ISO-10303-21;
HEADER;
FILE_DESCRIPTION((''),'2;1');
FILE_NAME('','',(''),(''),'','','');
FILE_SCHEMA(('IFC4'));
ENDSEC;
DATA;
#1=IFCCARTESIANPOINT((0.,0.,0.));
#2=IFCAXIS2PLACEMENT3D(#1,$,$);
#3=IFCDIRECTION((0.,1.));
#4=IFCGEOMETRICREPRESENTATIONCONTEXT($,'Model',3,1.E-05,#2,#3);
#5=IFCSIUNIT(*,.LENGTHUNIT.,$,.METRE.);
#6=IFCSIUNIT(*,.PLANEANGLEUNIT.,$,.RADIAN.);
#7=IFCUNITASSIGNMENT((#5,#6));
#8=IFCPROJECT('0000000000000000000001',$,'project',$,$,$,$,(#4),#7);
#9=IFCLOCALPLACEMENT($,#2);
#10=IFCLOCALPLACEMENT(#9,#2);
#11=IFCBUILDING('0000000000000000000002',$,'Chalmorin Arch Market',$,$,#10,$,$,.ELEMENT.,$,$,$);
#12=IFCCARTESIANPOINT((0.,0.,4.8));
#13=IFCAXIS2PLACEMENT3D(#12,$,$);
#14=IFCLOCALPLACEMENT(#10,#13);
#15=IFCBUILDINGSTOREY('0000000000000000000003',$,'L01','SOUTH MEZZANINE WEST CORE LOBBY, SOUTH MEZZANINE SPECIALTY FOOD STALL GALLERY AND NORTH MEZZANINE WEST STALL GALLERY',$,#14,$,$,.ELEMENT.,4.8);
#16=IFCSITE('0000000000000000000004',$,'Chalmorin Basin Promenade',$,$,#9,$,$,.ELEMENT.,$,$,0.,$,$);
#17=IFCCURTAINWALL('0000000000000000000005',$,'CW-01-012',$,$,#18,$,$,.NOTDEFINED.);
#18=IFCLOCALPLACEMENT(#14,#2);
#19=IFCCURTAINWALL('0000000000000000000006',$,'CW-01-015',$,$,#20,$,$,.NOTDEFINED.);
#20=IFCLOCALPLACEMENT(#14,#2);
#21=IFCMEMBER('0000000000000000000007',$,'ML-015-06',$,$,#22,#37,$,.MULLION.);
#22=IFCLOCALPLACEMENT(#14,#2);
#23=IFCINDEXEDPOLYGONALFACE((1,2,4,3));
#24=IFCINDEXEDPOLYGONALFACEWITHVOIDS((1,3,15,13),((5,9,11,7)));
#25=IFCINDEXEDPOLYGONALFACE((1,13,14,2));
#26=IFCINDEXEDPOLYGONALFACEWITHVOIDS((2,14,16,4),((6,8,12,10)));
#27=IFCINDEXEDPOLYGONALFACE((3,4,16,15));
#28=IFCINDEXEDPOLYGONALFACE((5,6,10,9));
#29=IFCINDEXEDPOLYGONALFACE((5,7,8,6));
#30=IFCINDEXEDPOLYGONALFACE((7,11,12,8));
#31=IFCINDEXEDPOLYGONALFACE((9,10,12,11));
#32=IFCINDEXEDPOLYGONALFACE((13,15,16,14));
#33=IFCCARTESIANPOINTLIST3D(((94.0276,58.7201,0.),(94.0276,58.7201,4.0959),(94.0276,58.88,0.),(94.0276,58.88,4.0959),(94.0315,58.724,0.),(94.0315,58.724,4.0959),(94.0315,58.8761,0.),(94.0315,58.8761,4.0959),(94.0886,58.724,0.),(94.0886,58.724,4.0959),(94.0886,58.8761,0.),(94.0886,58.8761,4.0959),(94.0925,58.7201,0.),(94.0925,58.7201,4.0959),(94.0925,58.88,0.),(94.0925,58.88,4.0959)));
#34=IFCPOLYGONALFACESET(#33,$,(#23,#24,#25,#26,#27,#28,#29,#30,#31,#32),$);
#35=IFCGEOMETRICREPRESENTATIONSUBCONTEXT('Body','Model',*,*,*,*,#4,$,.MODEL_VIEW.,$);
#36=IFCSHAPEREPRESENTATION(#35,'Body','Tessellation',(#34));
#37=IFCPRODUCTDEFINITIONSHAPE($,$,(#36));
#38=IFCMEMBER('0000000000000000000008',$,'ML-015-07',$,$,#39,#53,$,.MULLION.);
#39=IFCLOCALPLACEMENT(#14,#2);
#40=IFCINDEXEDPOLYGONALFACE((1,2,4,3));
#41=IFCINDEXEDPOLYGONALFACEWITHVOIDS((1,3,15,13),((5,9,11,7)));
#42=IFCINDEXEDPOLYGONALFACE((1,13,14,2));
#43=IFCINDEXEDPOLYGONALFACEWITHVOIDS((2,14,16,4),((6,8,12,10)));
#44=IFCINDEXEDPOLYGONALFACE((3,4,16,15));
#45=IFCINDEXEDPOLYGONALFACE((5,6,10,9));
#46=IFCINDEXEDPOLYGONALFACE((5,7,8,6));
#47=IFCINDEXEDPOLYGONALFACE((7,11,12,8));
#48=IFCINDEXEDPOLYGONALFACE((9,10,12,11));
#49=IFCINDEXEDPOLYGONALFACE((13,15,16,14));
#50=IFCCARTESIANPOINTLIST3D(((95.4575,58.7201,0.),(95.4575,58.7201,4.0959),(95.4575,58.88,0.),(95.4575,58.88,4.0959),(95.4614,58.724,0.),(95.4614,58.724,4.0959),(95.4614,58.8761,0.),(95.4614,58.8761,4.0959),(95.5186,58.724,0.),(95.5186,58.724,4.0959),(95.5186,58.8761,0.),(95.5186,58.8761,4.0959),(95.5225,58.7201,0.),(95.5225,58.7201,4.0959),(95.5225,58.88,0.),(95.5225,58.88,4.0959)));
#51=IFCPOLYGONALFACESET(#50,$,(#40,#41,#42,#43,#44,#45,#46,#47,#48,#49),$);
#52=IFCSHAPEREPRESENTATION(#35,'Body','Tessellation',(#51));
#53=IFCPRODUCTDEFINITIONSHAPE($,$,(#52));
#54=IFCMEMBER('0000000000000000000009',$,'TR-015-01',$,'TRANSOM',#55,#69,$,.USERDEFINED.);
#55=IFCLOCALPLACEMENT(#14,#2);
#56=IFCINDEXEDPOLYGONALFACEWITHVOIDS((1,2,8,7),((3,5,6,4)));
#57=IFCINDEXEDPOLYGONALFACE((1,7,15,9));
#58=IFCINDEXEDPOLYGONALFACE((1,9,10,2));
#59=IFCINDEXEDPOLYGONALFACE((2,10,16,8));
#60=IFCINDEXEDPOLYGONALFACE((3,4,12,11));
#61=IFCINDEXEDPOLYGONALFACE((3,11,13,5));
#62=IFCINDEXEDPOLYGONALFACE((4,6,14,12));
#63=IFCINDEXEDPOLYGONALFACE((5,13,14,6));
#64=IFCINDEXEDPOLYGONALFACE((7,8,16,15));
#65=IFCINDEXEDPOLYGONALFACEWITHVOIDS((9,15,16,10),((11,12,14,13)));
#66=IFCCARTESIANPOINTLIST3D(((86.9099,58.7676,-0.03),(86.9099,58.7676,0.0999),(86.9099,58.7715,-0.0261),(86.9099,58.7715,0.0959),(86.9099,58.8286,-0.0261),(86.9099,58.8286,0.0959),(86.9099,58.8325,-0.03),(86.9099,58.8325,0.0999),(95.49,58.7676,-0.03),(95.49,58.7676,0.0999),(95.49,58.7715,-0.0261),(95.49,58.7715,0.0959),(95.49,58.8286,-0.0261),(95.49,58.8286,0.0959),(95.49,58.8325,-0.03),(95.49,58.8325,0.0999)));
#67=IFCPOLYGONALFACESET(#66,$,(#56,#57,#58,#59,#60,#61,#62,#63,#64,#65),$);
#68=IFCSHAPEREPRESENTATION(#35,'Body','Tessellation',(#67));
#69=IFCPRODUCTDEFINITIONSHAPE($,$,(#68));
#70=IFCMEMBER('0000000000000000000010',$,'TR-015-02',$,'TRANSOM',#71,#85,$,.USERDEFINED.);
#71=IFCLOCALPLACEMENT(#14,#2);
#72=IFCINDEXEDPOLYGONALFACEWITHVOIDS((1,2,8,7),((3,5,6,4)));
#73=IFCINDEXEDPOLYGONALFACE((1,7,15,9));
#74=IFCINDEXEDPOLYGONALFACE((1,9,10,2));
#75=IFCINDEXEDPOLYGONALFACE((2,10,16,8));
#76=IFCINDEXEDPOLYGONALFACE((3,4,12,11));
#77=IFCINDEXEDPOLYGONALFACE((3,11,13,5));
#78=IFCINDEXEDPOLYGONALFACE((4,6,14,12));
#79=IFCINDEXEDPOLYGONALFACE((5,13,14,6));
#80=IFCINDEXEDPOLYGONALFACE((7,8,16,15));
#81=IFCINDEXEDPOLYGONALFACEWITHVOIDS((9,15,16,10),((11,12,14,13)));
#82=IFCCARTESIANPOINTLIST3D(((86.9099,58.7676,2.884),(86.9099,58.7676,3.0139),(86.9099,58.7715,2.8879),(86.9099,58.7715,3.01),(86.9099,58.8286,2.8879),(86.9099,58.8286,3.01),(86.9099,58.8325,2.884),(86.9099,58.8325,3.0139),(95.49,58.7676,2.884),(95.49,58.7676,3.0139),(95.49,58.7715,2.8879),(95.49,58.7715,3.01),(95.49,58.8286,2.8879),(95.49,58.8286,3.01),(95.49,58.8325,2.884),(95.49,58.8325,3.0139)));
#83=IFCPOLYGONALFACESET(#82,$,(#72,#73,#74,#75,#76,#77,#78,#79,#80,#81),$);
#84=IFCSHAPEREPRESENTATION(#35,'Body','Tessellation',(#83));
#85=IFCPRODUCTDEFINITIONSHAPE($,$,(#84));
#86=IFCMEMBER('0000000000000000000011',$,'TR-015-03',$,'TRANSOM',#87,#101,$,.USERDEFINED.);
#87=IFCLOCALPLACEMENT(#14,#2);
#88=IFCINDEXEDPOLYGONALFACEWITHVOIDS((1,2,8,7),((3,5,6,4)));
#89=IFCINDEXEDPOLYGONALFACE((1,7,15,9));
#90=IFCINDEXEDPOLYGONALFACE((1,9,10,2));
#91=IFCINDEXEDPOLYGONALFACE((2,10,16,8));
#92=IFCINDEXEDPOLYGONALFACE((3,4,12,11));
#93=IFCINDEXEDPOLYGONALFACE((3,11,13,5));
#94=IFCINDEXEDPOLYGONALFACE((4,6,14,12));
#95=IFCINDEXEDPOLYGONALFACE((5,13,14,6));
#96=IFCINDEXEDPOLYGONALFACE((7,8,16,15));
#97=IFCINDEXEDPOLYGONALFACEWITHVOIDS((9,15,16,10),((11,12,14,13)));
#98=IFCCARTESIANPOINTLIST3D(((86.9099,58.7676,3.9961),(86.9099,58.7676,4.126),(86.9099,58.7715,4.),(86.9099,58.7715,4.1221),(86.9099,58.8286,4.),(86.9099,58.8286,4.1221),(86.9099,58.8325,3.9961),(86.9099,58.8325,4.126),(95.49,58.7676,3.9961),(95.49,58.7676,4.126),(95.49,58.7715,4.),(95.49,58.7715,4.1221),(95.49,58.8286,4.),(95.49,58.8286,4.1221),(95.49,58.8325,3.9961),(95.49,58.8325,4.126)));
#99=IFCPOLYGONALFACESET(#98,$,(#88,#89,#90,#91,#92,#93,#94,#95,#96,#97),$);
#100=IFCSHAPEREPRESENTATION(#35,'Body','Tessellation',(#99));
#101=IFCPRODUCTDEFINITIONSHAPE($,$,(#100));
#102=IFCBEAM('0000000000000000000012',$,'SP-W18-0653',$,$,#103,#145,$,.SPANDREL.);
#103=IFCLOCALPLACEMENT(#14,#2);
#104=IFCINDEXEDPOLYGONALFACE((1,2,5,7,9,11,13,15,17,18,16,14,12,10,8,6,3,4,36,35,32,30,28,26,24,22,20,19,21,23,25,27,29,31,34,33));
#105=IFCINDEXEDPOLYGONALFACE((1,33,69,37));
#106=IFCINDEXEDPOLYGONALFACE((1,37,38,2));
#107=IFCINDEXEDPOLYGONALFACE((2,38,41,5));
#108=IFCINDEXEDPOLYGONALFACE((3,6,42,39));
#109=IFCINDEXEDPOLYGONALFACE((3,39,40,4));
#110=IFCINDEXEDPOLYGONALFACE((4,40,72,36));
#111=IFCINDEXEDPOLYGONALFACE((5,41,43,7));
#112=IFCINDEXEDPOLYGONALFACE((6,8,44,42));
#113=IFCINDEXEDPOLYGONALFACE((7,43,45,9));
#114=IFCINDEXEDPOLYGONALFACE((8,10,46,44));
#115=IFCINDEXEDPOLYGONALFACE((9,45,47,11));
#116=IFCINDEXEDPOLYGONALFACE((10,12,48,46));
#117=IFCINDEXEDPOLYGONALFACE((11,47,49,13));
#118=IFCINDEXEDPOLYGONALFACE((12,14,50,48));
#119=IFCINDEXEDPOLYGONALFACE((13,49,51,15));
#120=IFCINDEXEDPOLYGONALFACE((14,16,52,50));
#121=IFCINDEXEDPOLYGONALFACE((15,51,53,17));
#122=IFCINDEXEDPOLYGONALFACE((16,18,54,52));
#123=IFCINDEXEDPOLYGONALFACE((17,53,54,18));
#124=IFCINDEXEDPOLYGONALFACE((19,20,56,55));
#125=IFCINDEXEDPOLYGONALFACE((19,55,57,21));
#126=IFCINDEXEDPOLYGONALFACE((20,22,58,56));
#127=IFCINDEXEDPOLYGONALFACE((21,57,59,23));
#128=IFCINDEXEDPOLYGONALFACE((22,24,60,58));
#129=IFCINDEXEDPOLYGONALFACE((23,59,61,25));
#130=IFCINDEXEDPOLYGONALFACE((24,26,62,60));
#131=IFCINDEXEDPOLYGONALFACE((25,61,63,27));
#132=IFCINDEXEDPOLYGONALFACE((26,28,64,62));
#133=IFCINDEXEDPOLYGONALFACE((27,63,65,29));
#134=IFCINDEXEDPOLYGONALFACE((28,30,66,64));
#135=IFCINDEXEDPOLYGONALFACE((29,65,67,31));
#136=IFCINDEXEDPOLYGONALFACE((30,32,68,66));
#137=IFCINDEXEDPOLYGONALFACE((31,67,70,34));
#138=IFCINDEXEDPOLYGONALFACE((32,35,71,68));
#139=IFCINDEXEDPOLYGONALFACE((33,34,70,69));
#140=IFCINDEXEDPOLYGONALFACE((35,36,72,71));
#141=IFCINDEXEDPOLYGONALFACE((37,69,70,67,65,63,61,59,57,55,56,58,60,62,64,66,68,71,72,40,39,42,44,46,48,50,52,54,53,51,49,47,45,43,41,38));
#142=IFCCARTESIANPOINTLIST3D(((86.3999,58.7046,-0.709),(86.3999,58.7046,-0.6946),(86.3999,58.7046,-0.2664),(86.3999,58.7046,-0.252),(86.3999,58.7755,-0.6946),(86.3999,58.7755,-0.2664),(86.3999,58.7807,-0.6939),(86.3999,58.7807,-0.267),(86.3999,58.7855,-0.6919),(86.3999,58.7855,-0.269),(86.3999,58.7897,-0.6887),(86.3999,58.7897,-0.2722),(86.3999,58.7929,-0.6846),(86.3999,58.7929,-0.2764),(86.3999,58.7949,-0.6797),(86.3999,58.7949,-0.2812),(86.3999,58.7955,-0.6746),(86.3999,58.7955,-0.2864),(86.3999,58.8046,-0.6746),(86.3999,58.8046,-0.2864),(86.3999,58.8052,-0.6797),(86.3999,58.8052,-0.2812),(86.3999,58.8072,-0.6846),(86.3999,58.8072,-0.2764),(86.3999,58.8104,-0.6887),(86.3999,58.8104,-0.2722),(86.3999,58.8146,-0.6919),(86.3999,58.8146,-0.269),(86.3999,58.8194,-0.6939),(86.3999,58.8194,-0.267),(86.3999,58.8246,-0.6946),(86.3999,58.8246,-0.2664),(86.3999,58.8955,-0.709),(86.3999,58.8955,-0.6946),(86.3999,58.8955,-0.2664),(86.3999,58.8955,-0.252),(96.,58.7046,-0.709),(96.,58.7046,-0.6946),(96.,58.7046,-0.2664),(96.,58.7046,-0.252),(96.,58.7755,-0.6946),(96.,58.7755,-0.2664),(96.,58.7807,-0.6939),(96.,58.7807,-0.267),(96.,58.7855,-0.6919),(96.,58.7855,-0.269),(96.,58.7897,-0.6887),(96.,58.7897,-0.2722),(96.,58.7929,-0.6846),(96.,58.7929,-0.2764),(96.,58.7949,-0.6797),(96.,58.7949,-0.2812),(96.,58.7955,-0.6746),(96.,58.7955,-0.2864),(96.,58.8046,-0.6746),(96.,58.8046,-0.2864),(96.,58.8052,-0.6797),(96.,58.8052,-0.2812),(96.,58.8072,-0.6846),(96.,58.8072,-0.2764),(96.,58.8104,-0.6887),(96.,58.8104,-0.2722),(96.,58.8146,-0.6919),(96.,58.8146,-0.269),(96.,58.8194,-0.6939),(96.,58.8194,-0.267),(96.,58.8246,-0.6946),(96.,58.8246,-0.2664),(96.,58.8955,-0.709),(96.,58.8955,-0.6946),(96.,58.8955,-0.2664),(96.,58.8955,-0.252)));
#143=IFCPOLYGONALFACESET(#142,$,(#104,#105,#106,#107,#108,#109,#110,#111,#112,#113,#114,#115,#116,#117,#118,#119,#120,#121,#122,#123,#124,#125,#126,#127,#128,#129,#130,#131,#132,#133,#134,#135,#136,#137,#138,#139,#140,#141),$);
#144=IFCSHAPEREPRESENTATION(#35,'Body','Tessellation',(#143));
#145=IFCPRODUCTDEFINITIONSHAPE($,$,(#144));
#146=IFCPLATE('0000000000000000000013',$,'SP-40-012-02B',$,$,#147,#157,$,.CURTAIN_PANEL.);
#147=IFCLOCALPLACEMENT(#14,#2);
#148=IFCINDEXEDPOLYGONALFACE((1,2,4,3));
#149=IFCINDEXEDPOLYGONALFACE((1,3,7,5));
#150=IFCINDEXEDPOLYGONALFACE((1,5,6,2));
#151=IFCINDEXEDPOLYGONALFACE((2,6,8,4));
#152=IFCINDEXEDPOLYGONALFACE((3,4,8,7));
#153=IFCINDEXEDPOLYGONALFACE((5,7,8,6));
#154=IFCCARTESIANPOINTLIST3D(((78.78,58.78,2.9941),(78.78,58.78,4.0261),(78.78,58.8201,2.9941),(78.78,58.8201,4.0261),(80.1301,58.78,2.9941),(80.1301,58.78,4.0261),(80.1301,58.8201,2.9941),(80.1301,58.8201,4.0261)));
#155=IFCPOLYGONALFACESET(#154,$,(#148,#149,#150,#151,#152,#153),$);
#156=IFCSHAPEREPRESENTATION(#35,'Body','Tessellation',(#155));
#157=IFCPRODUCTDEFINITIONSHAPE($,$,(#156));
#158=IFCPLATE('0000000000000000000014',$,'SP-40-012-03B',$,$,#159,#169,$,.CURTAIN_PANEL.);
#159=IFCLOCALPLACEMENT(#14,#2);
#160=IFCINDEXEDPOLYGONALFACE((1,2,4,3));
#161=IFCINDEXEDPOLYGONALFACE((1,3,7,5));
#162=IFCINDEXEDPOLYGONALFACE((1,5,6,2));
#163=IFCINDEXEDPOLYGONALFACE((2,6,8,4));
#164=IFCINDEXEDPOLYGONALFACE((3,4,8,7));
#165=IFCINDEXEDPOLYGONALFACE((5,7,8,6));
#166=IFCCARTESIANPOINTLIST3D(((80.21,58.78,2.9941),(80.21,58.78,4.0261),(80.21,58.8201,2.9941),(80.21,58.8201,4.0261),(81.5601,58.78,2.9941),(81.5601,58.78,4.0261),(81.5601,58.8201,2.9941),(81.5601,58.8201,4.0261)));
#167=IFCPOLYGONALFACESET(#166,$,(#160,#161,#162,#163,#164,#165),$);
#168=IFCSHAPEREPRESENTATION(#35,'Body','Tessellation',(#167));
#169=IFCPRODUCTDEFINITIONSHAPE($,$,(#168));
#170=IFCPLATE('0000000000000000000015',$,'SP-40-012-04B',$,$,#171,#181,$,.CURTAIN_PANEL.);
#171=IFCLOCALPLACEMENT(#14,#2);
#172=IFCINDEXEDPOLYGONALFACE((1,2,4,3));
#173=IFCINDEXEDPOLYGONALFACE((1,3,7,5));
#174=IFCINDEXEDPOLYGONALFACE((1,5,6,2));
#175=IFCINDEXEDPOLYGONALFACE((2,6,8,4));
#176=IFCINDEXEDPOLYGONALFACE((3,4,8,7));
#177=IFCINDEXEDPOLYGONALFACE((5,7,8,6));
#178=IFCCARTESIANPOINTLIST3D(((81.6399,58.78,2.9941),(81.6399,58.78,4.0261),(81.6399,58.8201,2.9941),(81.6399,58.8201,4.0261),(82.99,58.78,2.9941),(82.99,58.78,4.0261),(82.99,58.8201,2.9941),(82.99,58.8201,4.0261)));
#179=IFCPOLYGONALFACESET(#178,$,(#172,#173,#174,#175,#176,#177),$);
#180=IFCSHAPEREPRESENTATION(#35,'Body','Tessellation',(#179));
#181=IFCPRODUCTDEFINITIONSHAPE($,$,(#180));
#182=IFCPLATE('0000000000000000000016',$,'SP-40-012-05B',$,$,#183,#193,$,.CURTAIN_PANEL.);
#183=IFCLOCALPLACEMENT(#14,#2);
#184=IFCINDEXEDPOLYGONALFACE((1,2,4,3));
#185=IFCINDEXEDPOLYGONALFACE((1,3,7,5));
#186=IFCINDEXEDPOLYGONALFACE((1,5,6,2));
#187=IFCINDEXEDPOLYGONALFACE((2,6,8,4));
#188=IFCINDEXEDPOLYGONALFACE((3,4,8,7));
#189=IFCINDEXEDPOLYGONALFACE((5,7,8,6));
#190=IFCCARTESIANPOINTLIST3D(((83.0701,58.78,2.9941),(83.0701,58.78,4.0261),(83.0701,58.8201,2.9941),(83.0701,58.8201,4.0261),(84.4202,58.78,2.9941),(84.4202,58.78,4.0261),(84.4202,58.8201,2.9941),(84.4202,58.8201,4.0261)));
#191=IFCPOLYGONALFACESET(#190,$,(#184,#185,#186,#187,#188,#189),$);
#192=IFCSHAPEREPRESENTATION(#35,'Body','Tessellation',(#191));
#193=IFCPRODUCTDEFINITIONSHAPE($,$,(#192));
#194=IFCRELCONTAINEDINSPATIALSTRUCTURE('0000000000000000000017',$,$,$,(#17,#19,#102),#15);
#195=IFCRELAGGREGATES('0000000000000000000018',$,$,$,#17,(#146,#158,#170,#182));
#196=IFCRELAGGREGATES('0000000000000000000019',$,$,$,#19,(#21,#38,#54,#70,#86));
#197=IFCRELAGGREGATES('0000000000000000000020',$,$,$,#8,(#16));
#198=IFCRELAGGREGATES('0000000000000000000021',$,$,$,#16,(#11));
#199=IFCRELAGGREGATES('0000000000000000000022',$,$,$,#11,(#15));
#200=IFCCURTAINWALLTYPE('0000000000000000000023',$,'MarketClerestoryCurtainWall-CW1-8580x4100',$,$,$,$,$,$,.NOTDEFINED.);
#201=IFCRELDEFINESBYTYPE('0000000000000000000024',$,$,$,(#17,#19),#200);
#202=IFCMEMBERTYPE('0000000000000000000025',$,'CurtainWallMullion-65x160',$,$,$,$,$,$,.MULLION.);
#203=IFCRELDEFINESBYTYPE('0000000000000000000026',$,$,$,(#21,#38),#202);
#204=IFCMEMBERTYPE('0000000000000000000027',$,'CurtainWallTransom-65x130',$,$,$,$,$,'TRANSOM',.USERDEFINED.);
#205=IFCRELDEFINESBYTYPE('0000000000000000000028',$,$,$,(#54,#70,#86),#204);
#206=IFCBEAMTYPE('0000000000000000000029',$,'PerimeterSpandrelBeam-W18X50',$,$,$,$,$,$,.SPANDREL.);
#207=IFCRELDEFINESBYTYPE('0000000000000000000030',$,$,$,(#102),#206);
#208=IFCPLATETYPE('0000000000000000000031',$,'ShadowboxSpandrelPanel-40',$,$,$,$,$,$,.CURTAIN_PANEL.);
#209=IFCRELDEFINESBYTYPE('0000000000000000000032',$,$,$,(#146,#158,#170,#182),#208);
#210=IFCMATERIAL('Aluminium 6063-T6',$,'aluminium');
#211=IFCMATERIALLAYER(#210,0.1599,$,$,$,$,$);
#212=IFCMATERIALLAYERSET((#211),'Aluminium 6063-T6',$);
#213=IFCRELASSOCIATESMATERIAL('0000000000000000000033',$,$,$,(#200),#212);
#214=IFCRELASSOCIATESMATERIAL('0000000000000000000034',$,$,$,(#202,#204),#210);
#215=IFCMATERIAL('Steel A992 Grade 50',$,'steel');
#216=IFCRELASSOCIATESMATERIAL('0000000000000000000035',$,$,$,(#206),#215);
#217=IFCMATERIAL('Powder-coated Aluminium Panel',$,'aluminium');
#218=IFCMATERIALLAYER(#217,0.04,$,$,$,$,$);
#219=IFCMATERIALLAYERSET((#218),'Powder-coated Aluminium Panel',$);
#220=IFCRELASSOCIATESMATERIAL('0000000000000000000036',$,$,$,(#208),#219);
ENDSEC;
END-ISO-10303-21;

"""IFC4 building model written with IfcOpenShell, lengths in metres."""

from ifc_helpers import new_model, si_unit, direction, frame, origin, origin_2d, place, context, subcontext, project, spatial, rectangle, hollow_rectangle, i_section, extrude, material, layer, layer_set, material_profile, profile_set, type_object, element, aggregate, save


model = new_model("IFC4")

# Units and contexts
model_context = context("Model", 3, precision=1e-05, world=origin(), true_north=direction((0.0, 1.0)))
body_context = subcontext(model_context, "Body", "Model", "MODEL_VIEW")
ifc_project = project(units=[si_unit("LENGTHUNIT", "METRE"), si_unit("PLANEANGLEUNIT", "RADIAN")], contexts=[model_context])

# Site, building, storey
site_placement = place(None, origin())
site = spatial("IfcSite", under=ifc_project, at=site_placement, Name="Chalmorin Basin Promenade", CompositionType="ELEMENT", RefElevation=0.0)
building_placement = place(site_placement, origin())
building = spatial("IfcBuilding", under=site, at=building_placement, Name="Chalmorin Arch Market", CompositionType="ELEMENT")
storey_placement = place(building_placement, frame((0.0, 0.0, 4.8)))
storey = spatial("IfcBuildingStorey", under=building, at=storey_placement, Name="L01", Description="SOUTH MEZZANINE WEST CORE LOBBY, SOUTH MEZZANINE SPECIALTY FOOD STALL GALLERY AND NORTH MEZZANINE WEST STALL GALLERY", CompositionType="ELEMENT", Elevation=4.8)

# Curtain walls, members
ifc_material_1 = material(Name="Aluminium 6063-T6", Category="aluminium")
ifc_layer_1 = layer(ifc_material_1, 0.1599)
ifc_layer_set_1 = layer_set([ifc_layer_1], Name="Aluminium 6063-T6")
curtain_wall_type = type_object("IfcCurtainWallType", Name="MarketClerestoryCurtainWall-CW1-8580x4100", PredefinedType="NOTDEFINED", material=ifc_layer_set_1)
curtain_wall_1_placement = place(storey_placement, origin())
curtain_wall_1 = element("IfcCurtainWall", 1, at=curtain_wall_1_placement, inside=storey, type_object=curtain_wall_type, Name="CW-01-012", PredefinedType="NOTDEFINED")
ifc_material_profile_1 = material_profile(ifc_material_1, hollow_rectangle(XDim=0.0649, YDim=0.1599, WallThickness=0.0039, at=origin_2d()), Name="ALU65X160X4")
ifc_profile_set_1 = profile_set([ifc_material_profile_1], Name="Aluminium 6063-T6")
member_type_1 = type_object("IfcMemberType", Name="CurtainWallMullion-65x160", PredefinedType="MULLION", material=ifc_profile_set_1)
curtain_wall_2_placement = place(storey_placement, origin())
curtain_wall_2 = element("IfcCurtainWall", 2, at=curtain_wall_2_placement, inside=storey, type_object=curtain_wall_type, Name="CW-01-015", PredefinedType="NOTDEFINED")
member_1_placement = place(storey_placement, frame((94.0601, 58.8, 0.0), z_axis=(0.0, 0.0, 1.0), x_axis=(1.0, 0.0, 0.0)))
member_1 = element("IfcMember", 3, at=member_1_placement, type_object=member_type_1, Name="ML-015-06", PredefinedType="MULLION", context=body_context, shape_type="SweptSolid", body=[
    extrude(hollow_rectangle(XDim=0.0649, YDim=0.1599, WallThickness=0.0039, at=origin_2d()), origin(), (0.0, 0.0, 1.0), 4.0959),
])
member_2_placement = place(storey_placement, frame((95.49, 58.8, 0.0), z_axis=(0.0, 0.0, 1.0), x_axis=(1.0, 0.0, 0.0)))
member_2 = element("IfcMember", 4, at=member_2_placement, type_object=member_type_1, Name="ML-015-07", PredefinedType="MULLION", context=body_context, shape_type="SweptSolid", body=[
    extrude(hollow_rectangle(XDim=0.0649, YDim=0.1599, WallThickness=0.0039, at=origin_2d()), origin(), (0.0, 0.0, 1.0), 4.0959),
])
ifc_material_profile_2 = material_profile(ifc_material_1, hollow_rectangle(XDim=0.0649, YDim=0.1299, WallThickness=0.0039, at=origin_2d()), Name="ALU65X130X4")
ifc_profile_set_2 = profile_set([ifc_material_profile_2], Name="Aluminium 6063-T6")
member_type_2 = type_object("IfcMemberType", Name="CurtainWallTransom-65x130", ElementType="TRANSOM", PredefinedType="USERDEFINED", material=ifc_profile_set_2)
member_3_placement = place(storey_placement, frame((86.9099, 58.8, 0.0349), z_axis=(1.0, 0.0, 0.0), x_axis=(0.0, 1.0, 0.0)))
member_3 = element("IfcMember", 5, at=member_3_placement, type_object=member_type_2, Name="TR-015-01", ObjectType="TRANSOM", PredefinedType="USERDEFINED", context=body_context, shape_type="SweptSolid", body=[
    extrude(hollow_rectangle(XDim=0.0649, YDim=0.1299, WallThickness=0.0039, at=origin_2d()), origin(), (0.0, 0.0, 1.0), 8.5801),
])
member_4_placement = place(storey_placement, frame((86.9099, 58.8, 2.949), z_axis=(1.0, 0.0, 0.0), x_axis=(0.0, 1.0, 0.0)))
member_4 = element("IfcMember", 6, at=member_4_placement, type_object=member_type_2, Name="TR-015-02", ObjectType="TRANSOM", PredefinedType="USERDEFINED", context=body_context, shape_type="SweptSolid", body=[
    extrude(hollow_rectangle(XDim=0.0649, YDim=0.1299, WallThickness=0.0039, at=origin_2d()), origin(), (0.0, 0.0, 1.0), 8.5801),
])
member_5_placement = place(storey_placement, frame((86.9099, 58.8, 4.061), z_axis=(1.0, 0.0, 0.0), x_axis=(0.0, 1.0, 0.0)))
member_5 = element("IfcMember", 7, at=member_5_placement, type_object=member_type_2, Name="TR-015-03", ObjectType="TRANSOM", PredefinedType="USERDEFINED", context=body_context, shape_type="SweptSolid", body=[
    extrude(hollow_rectangle(XDim=0.0649, YDim=0.1299, WallThickness=0.0039, at=origin_2d()), origin(), (0.0, 0.0, 1.0), 8.5801),
])

# Beam
ifc_material_2 = material(Name="Steel A992 Grade 50", Category="steel")
ifc_material_profile_3 = material_profile(ifc_material_2, i_section(OverallWidth=0.1909, OverallDepth=0.457, WebThickness=0.009, FlangeThickness=0.0144, FilletRadius=0.02, at=origin_2d()), Name="W18X50")
ifc_profile_set_3 = profile_set([ifc_material_profile_3], Name="Steel A992 Grade 50")
beam_type = type_object("IfcBeamType", Name="PerimeterSpandrelBeam-W18X50", PredefinedType="SPANDREL", material=ifc_profile_set_3)
beam_placement = place(storey_placement, frame((86.3999, 58.8, -0.4805), z_axis=(1.0, 0.0, 0.0), x_axis=(0.0, 1.0, 0.0)))
element("IfcBeam", 8, at=beam_placement, inside=storey, type_object=beam_type, Name="SP-W18-0653", PredefinedType="SPANDREL", context=body_context, shape_type="SweptSolid", body=[
    extrude(i_section(OverallWidth=0.1909, OverallDepth=0.457, WebThickness=0.009, FlangeThickness=0.0144, FilletRadius=0.02, at=origin_2d()), origin(), (0.0, 0.0, 1.0), 9.6001),
])

# Plates
ifc_material_3 = material(Name="Powder-coated Aluminium Panel", Category="aluminium")
ifc_layer_2 = layer(ifc_material_3, 0.04)
ifc_layer_set_2 = layer_set([ifc_layer_2], Name="Powder-coated Aluminium Panel")
plate_type_1 = type_object("IfcPlateType", Name="ShadowboxSpandrelPanel-40", PredefinedType="CURTAIN_PANEL", material=ifc_layer_set_2)
plate_1_placement = place(storey_placement, frame((79.4551, 58.8, 2.9941), z_axis=(0.0, 0.0, 1.0), x_axis=(1.0, 0.0, 0.0)))
plate_1 = element("IfcPlate", 9, at=plate_1_placement, type_object=plate_type_1, Name="SP-40-012-02B", PredefinedType="CURTAIN_PANEL", context=body_context, shape_type="SweptSolid", body=[
    extrude(rectangle(XDim=1.3501, YDim=0.04, at=origin_2d()), origin(), (0.0, 0.0, 1.0), 1.032),
])
plate_2_placement = place(storey_placement, frame((80.885, 58.8, 2.9941), z_axis=(0.0, 0.0, 1.0), x_axis=(1.0, 0.0, 0.0)))
plate_2 = element("IfcPlate", 10, at=plate_2_placement, type_object=plate_type_1, Name="SP-40-012-03B", PredefinedType="CURTAIN_PANEL", context=body_context, shape_type="SweptSolid", body=[
    extrude(rectangle(XDim=1.3501, YDim=0.04, at=origin_2d()), origin(), (0.0, 0.0, 1.0), 1.032),
])
plate_3_placement = place(storey_placement, frame((82.3149, 58.8, 2.9941), z_axis=(0.0, 0.0, 1.0), x_axis=(1.0, 0.0, 0.0)))
plate_3 = element("IfcPlate", 11, at=plate_3_placement, type_object=plate_type_1, Name="SP-40-012-04B", PredefinedType="CURTAIN_PANEL", context=body_context, shape_type="SweptSolid", body=[
    extrude(rectangle(XDim=1.3501, YDim=0.04, at=origin_2d()), origin(), (0.0, 0.0, 1.0), 1.032),
])
plate_4_placement = place(storey_placement, frame((83.7451, 58.8, 2.9941), z_axis=(0.0, 0.0, 1.0), x_axis=(1.0, 0.0, 0.0)))
plate_4 = element("IfcPlate", 12, at=plate_4_placement, type_object=plate_type_1, Name="SP-40-012-05B", PredefinedType="CURTAIN_PANEL", context=body_context, shape_type="SweptSolid", body=[
    extrude(rectangle(XDim=1.3501, YDim=0.04, at=origin_2d()), origin(), (0.0, 0.0, 1.0), 1.032),
])
aggregate(curtain_wall_1, [plate_1, plate_2, plate_3, plate_4])
aggregate(curtain_wall_2, [member_1, member_2, member_3, member_4, member_5])

save(model, "model.ifc")
